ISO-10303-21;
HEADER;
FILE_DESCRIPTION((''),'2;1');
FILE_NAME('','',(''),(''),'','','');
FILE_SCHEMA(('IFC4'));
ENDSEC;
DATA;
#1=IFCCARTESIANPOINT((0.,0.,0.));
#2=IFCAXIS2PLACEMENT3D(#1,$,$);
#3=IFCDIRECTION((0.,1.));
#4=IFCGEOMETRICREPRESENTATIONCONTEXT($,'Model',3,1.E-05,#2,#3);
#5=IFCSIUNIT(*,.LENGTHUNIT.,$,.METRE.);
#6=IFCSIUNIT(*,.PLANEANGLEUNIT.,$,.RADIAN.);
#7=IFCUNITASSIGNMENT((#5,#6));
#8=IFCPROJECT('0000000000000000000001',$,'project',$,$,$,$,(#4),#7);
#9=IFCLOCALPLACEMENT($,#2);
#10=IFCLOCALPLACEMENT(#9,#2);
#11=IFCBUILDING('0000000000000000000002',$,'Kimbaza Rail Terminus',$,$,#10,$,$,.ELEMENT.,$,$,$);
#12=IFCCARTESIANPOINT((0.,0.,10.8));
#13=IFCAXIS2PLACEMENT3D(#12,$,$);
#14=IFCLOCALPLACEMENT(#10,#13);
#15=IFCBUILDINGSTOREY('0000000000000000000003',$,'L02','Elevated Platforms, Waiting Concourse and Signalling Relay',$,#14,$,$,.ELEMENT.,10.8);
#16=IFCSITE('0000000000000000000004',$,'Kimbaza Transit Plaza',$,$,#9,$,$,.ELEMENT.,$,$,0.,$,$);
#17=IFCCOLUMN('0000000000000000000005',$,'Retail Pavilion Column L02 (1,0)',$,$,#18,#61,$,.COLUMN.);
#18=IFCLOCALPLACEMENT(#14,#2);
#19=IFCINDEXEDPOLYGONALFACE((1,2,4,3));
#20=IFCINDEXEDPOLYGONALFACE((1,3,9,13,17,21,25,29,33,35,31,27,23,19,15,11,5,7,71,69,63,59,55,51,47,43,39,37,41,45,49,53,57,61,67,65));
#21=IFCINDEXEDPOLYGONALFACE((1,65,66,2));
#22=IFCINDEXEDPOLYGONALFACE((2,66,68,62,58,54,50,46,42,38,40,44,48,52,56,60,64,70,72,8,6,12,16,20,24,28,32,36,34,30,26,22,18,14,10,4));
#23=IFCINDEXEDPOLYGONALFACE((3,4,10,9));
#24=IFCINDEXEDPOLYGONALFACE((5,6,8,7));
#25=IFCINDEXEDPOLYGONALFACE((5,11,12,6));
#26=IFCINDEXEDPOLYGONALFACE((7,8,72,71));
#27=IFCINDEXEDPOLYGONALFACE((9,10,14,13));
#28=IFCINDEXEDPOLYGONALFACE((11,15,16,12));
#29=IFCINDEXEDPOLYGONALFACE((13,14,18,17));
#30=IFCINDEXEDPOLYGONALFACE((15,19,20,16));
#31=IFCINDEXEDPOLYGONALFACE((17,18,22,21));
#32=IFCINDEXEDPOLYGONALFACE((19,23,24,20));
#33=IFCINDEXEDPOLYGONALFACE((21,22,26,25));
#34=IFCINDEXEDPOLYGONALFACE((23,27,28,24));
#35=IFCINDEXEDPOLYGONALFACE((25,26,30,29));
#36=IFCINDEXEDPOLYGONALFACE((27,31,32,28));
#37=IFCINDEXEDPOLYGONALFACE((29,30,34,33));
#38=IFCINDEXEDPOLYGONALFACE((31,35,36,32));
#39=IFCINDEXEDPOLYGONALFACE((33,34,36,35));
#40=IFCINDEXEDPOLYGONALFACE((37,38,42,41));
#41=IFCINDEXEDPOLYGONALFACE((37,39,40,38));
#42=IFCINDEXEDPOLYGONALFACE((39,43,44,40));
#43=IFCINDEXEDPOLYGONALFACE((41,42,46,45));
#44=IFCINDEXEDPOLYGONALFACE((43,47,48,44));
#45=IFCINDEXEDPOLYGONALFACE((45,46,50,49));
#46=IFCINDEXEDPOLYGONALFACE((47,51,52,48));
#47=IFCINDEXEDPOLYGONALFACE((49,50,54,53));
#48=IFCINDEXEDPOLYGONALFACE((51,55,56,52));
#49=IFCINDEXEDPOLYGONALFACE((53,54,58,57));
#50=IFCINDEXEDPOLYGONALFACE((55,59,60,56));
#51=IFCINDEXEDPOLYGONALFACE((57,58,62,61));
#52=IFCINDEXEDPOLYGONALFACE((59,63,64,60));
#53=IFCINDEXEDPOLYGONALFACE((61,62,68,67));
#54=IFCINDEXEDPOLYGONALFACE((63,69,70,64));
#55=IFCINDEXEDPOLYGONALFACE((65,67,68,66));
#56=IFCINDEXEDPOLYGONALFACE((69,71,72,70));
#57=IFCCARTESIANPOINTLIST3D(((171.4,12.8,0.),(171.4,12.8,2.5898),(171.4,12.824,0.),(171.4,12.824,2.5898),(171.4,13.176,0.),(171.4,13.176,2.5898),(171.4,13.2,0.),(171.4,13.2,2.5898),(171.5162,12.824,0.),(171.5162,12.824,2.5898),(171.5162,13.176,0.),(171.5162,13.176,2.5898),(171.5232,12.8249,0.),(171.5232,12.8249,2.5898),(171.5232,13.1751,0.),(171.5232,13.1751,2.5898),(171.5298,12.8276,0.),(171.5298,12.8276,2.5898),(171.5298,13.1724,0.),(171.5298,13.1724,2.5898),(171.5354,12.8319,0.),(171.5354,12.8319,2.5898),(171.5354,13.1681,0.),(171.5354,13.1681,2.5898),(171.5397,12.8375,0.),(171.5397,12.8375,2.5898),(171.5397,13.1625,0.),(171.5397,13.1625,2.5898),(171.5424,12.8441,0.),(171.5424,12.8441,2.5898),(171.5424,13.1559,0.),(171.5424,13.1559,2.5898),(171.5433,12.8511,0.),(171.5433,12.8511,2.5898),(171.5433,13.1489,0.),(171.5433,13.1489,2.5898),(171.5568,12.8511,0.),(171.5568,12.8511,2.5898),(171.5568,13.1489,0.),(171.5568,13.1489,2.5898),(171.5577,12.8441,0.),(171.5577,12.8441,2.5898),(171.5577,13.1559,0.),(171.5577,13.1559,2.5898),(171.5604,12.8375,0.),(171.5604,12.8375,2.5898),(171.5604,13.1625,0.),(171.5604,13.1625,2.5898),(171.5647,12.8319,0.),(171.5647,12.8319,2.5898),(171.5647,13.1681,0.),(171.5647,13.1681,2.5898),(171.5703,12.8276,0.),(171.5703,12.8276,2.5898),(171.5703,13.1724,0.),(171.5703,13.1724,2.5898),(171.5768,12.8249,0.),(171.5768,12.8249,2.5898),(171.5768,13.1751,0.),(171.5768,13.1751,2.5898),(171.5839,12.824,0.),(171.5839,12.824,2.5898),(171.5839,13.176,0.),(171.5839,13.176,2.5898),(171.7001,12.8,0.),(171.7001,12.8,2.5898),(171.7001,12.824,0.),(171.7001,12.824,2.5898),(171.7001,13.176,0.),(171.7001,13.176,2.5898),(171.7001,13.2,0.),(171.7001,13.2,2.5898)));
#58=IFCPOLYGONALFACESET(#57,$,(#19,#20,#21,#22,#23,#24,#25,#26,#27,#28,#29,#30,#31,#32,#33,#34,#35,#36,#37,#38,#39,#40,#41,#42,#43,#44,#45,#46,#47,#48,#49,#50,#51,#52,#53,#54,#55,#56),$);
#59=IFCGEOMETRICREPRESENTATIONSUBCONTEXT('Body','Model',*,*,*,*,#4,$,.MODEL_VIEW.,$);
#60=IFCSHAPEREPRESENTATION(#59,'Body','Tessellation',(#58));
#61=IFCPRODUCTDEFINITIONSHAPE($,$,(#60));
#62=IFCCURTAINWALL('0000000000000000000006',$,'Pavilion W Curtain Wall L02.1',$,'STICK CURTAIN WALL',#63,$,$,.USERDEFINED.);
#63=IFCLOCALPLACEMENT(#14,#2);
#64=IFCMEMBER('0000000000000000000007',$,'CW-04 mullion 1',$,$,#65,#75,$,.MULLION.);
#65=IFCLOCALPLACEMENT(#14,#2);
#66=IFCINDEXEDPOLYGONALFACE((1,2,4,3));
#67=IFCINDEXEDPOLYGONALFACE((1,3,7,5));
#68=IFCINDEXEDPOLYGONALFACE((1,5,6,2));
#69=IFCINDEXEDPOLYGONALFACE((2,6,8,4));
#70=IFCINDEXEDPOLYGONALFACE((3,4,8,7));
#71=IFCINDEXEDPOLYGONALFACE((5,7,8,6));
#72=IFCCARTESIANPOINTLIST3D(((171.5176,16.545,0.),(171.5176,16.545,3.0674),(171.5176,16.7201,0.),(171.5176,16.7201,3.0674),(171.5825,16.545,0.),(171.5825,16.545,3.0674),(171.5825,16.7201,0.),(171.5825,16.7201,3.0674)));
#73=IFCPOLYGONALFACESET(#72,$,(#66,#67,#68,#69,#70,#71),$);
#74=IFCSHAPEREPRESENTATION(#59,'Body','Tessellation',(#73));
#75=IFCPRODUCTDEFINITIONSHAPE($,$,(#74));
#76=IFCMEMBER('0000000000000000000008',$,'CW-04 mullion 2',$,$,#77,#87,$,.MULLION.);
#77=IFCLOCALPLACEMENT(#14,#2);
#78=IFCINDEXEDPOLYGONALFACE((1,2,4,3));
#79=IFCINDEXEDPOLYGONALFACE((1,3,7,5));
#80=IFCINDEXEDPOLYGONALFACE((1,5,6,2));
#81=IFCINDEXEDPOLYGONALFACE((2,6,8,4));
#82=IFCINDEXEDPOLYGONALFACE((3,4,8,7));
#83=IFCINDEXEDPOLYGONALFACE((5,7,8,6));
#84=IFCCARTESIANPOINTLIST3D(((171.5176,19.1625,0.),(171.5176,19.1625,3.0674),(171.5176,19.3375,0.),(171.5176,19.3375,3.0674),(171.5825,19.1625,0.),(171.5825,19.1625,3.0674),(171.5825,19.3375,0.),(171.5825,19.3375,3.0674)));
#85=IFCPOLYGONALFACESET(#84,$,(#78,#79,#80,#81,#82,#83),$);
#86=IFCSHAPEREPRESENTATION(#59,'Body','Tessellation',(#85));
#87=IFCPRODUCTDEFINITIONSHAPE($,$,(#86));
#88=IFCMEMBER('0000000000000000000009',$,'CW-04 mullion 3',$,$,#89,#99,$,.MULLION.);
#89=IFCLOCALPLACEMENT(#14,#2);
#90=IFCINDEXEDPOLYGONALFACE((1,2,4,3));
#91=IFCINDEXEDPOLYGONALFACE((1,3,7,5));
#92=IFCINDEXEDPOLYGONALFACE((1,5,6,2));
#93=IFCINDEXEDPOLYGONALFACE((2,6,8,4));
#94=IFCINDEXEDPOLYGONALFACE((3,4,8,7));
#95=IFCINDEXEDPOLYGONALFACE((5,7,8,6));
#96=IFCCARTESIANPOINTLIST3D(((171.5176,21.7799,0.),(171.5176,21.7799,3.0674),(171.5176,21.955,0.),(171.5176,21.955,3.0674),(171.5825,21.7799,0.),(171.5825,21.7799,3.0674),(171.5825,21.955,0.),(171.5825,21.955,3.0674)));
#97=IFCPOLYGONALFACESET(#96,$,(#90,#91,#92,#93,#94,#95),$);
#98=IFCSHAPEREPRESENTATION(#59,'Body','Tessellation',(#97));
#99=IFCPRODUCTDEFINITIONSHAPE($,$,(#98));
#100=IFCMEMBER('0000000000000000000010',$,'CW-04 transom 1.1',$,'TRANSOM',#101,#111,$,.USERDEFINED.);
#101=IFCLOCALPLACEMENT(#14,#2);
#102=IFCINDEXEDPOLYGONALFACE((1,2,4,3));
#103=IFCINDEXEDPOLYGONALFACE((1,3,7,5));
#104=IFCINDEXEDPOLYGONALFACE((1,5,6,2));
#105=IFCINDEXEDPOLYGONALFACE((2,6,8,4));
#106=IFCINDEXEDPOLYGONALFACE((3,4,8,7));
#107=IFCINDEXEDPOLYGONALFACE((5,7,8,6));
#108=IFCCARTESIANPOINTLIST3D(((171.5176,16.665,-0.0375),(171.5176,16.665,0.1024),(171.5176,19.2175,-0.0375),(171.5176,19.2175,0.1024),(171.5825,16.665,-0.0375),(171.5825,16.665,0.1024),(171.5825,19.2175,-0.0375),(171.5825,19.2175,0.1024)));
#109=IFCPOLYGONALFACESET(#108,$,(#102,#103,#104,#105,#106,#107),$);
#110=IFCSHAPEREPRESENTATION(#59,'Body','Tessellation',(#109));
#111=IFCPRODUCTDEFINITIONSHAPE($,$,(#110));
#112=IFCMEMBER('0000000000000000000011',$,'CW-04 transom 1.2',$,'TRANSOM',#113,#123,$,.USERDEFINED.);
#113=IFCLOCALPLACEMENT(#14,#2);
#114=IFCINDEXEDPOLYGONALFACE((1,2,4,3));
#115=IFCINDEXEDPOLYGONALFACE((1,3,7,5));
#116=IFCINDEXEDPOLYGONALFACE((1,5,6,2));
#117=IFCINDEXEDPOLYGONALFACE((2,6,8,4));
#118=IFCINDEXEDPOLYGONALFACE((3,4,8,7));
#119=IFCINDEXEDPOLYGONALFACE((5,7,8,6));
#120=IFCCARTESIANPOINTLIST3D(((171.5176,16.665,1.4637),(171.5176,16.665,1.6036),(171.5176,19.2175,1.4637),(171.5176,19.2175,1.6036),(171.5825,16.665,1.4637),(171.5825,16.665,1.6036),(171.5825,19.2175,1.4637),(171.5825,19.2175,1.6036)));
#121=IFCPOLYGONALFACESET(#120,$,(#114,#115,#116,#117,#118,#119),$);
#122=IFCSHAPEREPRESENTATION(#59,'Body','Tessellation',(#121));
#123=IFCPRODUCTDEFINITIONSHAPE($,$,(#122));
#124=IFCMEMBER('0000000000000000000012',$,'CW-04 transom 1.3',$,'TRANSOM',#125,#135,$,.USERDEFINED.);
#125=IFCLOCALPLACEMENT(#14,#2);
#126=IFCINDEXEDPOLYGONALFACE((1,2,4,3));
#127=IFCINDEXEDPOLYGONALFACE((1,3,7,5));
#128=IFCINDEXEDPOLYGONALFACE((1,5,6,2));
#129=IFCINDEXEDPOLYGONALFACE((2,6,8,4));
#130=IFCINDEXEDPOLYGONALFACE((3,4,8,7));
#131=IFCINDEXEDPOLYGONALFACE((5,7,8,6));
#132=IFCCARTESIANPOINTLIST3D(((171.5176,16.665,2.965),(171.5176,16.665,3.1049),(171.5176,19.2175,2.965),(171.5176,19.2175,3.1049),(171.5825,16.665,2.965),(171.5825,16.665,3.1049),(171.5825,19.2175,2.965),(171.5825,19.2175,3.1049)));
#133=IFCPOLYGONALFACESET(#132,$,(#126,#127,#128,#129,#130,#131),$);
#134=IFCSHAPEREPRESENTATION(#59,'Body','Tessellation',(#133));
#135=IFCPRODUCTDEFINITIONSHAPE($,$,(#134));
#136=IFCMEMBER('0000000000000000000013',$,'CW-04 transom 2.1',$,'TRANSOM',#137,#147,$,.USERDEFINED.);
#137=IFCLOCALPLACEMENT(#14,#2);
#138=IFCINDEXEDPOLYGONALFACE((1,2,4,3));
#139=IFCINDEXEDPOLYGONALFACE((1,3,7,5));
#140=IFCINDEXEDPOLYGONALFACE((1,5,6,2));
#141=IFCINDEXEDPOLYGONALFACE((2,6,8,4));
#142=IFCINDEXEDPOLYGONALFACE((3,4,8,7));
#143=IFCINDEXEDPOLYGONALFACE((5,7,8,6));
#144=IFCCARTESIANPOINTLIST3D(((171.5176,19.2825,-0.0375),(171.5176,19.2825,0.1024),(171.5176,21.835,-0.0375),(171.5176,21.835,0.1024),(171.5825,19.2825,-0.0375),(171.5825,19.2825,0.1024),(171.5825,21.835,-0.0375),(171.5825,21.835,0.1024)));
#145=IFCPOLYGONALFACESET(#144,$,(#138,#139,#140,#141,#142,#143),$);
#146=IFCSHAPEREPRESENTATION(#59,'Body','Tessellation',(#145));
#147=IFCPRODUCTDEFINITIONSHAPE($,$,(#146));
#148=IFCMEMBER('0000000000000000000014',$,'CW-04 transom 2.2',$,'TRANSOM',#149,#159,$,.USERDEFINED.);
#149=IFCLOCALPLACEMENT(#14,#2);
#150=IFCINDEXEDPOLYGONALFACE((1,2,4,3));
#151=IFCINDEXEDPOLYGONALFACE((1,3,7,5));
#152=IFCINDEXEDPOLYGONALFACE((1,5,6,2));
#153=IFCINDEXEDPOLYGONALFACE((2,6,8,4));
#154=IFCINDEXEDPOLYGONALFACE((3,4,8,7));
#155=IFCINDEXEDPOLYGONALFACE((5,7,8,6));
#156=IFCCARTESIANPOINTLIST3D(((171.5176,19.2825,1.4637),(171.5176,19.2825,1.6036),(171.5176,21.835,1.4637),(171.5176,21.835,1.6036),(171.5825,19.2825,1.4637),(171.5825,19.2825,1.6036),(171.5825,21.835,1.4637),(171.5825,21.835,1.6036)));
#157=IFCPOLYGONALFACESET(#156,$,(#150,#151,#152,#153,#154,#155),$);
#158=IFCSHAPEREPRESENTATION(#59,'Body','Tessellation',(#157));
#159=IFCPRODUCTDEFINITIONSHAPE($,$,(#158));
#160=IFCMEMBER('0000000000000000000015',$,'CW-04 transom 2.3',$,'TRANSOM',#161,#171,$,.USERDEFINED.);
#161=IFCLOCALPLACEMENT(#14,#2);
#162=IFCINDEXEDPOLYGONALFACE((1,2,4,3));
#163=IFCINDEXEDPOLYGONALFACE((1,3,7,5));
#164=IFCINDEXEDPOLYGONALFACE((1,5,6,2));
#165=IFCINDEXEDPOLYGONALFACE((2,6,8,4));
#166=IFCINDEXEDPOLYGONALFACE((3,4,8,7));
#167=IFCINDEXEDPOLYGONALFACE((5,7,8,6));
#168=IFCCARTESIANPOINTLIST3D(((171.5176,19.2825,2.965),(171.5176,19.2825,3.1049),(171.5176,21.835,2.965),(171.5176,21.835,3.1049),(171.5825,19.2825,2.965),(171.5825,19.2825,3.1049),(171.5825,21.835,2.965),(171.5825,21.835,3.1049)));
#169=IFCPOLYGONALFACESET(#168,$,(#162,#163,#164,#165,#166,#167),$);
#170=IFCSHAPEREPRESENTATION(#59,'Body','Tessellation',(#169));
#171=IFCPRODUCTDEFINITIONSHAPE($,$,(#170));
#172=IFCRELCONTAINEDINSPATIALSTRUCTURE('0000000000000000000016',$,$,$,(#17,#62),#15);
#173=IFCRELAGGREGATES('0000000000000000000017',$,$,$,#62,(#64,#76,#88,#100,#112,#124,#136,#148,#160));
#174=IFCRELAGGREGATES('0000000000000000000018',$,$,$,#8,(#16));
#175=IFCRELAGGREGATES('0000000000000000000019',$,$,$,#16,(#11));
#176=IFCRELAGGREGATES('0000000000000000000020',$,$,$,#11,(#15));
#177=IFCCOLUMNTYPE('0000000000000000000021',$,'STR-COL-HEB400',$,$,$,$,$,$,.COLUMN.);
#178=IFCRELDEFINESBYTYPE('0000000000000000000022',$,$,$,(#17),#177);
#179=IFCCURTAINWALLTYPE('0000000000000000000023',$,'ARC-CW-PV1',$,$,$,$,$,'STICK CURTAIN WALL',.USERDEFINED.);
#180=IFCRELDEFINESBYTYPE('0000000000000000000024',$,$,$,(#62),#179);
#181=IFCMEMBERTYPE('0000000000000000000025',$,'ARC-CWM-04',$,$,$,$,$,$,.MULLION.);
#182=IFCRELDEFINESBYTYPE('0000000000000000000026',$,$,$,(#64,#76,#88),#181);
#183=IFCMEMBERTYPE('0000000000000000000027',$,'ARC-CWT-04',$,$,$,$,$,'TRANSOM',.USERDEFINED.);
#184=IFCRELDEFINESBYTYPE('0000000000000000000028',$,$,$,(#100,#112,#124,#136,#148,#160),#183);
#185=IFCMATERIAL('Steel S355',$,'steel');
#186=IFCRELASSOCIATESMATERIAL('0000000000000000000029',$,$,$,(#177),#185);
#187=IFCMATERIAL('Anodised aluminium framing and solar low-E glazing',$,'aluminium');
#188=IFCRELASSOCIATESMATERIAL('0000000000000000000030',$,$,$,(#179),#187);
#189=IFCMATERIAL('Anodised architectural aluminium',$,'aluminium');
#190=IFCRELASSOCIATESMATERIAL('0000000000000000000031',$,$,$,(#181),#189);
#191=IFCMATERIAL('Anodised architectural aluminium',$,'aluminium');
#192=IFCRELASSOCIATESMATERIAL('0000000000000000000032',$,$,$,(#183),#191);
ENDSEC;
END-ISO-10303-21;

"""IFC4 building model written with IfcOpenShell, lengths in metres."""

from ifc_helpers import new_model, si_unit, direction, frame, origin, origin_2d, place, context, subcontext, project, spatial, rectangle, i_section, extrude, material, material_profile, profile_set, type_object, element, aggregate, save


model = new_model("IFC4")

# Units and contexts
model_context = context("Model", 3, precision=1e-05, world=origin(), true_north=direction((0.0, 1.0)))
body_context = subcontext(model_context, "Body", "Model", "MODEL_VIEW")
ifc_project = project(units=[si_unit("LENGTHUNIT", "METRE"), si_unit("PLANEANGLEUNIT", "RADIAN")], contexts=[model_context])

# Site, building, storey
site_placement = place(None, origin())
site = spatial("IfcSite", under=ifc_project, at=site_placement, Name="Kimbaza Transit Plaza", CompositionType="ELEMENT", RefElevation=0.0)
building_placement = place(site_placement, origin())
building = spatial("IfcBuilding", under=site, at=building_placement, Name="Kimbaza Rail Terminus", CompositionType="ELEMENT")
storey_placement = place(building_placement, frame((0.0, 0.0, 10.8)))
storey = spatial("IfcBuildingStorey", under=building, at=storey_placement, Name="L02", Description="Elevated Platforms, Waiting Concourse and Signalling Relay", CompositionType="ELEMENT", Elevation=10.8)

# Column
ifc_material_1 = material(Name="Steel S355", Category="steel")
ifc_material_profile_1 = material_profile(ifc_material_1, i_section(OverallWidth=0.3, OverallDepth=0.3999, WebThickness=0.0134, FlangeThickness=0.0239, FilletRadius=0.0271, at=origin_2d()), Name="HEB 400")
ifc_profile_set_1 = profile_set([ifc_material_profile_1], Name="Steel S355")
column_type = type_object("IfcColumnType", Name="STR-COL-HEB400", PredefinedType="COLUMN", material=ifc_profile_set_1)
column_placement = place(storey_placement, frame((171.55, 13.0, 0.0), z_axis=(0.0, 0.0, 1.0), x_axis=(1.0, 0.0, 0.0)))
element("IfcColumn", 1, at=column_placement, inside=storey, type_object=column_type, Name="Retail Pavilion Column L02 (1,0)", PredefinedType="COLUMN", context=body_context, shape_type="SweptSolid", body=[
    extrude(i_section(OverallWidth=0.3, OverallDepth=0.3999, WebThickness=0.0134, FlangeThickness=0.0239, FilletRadius=0.0271, at=origin_2d()), origin(), (0.0, 0.0, 1.0), 2.5898),
])

# Curtain wall, members
ifc_material_2 = material(Name="Anodised aluminium framing and solar low-E glazing", Category="aluminium")
curtain_wall_type = type_object("IfcCurtainWallType", Name="ARC-CW-PV1", ElementType="STICK CURTAIN WALL", PredefinedType="USERDEFINED", material=ifc_material_2)
curtain_wall_placement = place(storey_placement, origin())
curtain_wall = element("IfcCurtainWall", 2, at=curtain_wall_placement, inside=storey, type_object=curtain_wall_type, Name="Pavilion W Curtain Wall L02.1", ObjectType="STICK CURTAIN WALL", PredefinedType="USERDEFINED")
ifc_material_3 = material(Name="Anodised architectural aluminium", Category="aluminium")
ifc_material_profile_2 = material_profile(ifc_material_3, rectangle(XDim=0.0649, YDim=0.175, at=origin_2d()), Name="MULLION 65x175")
ifc_profile_set_2 = profile_set([ifc_material_profile_2], Name="Anodised architectural aluminium")
member_type_1 = type_object("IfcMemberType", Name="ARC-CWM-04", PredefinedType="MULLION", material=ifc_profile_set_2)
member_1_placement = place(storey_placement, frame((171.55, 16.6326, 0.0), z_axis=(0.0, 0.0, 1.0), x_axis=(-1.0, 0.0, 0.0)))
member_1 = element("IfcMember", 3, at=member_1_placement, type_object=member_type_1, Name="CW-04 mullion 1", PredefinedType="MULLION", context=body_context, shape_type="SweptSolid", body=[
    extrude(rectangle(XDim=0.0649, YDim=0.175, at=origin_2d()), origin(), (0.0, 0.0, 1.0), 3.0674),
])
member_2_placement = place(storey_placement, frame((171.55, 19.25, 0.0), z_axis=(0.0, 0.0, 1.0), x_axis=(-1.0, 0.0, 0.0)))
member_2 = element("IfcMember", 4, at=member_2_placement, type_object=member_type_1, Name="CW-04 mullion 2", PredefinedType="MULLION", context=body_context, shape_type="SweptSolid", body=[
    extrude(rectangle(XDim=0.0649, YDim=0.175, at=origin_2d()), origin(), (0.0, 0.0, 1.0), 3.0674),
])
member_3_placement = place(storey_placement, frame((171.55, 21.8674, 0.0), z_axis=(0.0, 0.0, 1.0), x_axis=(-1.0, 0.0, 0.0)))
member_3 = element("IfcMember", 5, at=member_3_placement, type_object=member_type_1, Name="CW-04 mullion 3", PredefinedType="MULLION", context=body_context, shape_type="SweptSolid", body=[
    extrude(rectangle(XDim=0.0649, YDim=0.175, at=origin_2d()), origin(), (0.0, 0.0, 1.0), 3.0674),
])
ifc_material_4 = material(Name="Anodised architectural aluminium", Category="aluminium")
ifc_material_profile_3 = material_profile(ifc_material_4, rectangle(XDim=0.0649, YDim=0.1399, at=origin_2d()), Name="TRANSOM 65x140")
ifc_profile_set_3 = profile_set([ifc_material_profile_3], Name="Anodised architectural aluminium")
member_type_2 = type_object("IfcMemberType", Name="ARC-CWT-04", ElementType="TRANSOM", PredefinedType="USERDEFINED", material=ifc_profile_set_3)
member_4_placement = place(storey_placement, frame((171.55, 16.665, 0.0325), z_axis=(0.0, 1.0, 0.0), x_axis=(-1.0, 0.0, 0.0)))
member_4 = element("IfcMember", 6, at=member_4_placement, type_object=member_type_2, Name="CW-04 transom 1.1", ObjectType="TRANSOM", PredefinedType="USERDEFINED", context=body_context, shape_type="SweptSolid", body=[
    extrude(rectangle(XDim=0.0649, YDim=0.1399, at=origin_2d()), origin(), (0.0, 0.0, 1.0), 2.5525),
])
member_5_placement = place(storey_placement, frame((171.55, 16.665, 1.5337), z_axis=(0.0, 1.0, 0.0), x_axis=(-1.0, 0.0, 0.0)))
member_5 = element("IfcMember", 7, at=member_5_placement, type_object=member_type_2, Name="CW-04 transom 1.2", ObjectType="TRANSOM", PredefinedType="USERDEFINED", context=body_context, shape_type="SweptSolid", body=[
    extrude(rectangle(XDim=0.0649, YDim=0.1399, at=origin_2d()), origin(), (0.0, 0.0, 1.0), 2.5525),
])
member_6_placement = place(storey_placement, frame((171.55, 16.665, 3.0349), z_axis=(0.0, 1.0, 0.0), x_axis=(-1.0, 0.0, 0.0)))
member_6 = element("IfcMember", 8, at=member_6_placement, type_object=member_type_2, Name="CW-04 transom 1.3", ObjectType="TRANSOM", PredefinedType="USERDEFINED", context=body_context, shape_type="SweptSolid", body=[
    extrude(rectangle(XDim=0.0649, YDim=0.1399, at=origin_2d()), origin(), (0.0, 0.0, 1.0), 2.5525),
])
member_7_placement = place(storey_placement, frame((171.55, 19.2825, 0.0325), z_axis=(0.0, 1.0, 0.0), x_axis=(-1.0, 0.0, 0.0)))
member_7 = element("IfcMember", 9, at=member_7_placement, type_object=member_type_2, Name="CW-04 transom 2.1", ObjectType="TRANSOM", PredefinedType="USERDEFINED", context=body_context, shape_type="SweptSolid", body=[
    extrude(rectangle(XDim=0.0649, YDim=0.1399, at=origin_2d()), origin(), (0.0, 0.0, 1.0), 2.5525),
])
member_8_placement = place(storey_placement, frame((171.55, 19.2825, 1.5337), z_axis=(0.0, 1.0, 0.0), x_axis=(-1.0, 0.0, 0.0)))
member_8 = element("IfcMember", 10, at=member_8_placement, type_object=member_type_2, Name="CW-04 transom 2.2", ObjectType="TRANSOM", PredefinedType="USERDEFINED", context=body_context, shape_type="SweptSolid", body=[
    extrude(rectangle(XDim=0.0649, YDim=0.1399, at=origin_2d()), origin(), (0.0, 0.0, 1.0), 2.5525),
])
member_9_placement = place(storey_placement, frame((171.55, 19.2825, 3.0349), z_axis=(0.0, 1.0, 0.0), x_axis=(-1.0, 0.0, 0.0)))
member_9 = element("IfcMember", 11, at=member_9_placement, type_object=member_type_2, Name="CW-04 transom 2.3", ObjectType="TRANSOM", PredefinedType="USERDEFINED", context=body_context, shape_type="SweptSolid", body=[
    extrude(rectangle(XDim=0.0649, YDim=0.1399, at=origin_2d()), origin(), (0.0, 0.0, 1.0), 2.5525),
])

aggregate(curtain_wall, [member_1, member_2, member_3, member_4, member_5, member_6, member_7, member_8, member_9])

save(model, "model.ifc")
